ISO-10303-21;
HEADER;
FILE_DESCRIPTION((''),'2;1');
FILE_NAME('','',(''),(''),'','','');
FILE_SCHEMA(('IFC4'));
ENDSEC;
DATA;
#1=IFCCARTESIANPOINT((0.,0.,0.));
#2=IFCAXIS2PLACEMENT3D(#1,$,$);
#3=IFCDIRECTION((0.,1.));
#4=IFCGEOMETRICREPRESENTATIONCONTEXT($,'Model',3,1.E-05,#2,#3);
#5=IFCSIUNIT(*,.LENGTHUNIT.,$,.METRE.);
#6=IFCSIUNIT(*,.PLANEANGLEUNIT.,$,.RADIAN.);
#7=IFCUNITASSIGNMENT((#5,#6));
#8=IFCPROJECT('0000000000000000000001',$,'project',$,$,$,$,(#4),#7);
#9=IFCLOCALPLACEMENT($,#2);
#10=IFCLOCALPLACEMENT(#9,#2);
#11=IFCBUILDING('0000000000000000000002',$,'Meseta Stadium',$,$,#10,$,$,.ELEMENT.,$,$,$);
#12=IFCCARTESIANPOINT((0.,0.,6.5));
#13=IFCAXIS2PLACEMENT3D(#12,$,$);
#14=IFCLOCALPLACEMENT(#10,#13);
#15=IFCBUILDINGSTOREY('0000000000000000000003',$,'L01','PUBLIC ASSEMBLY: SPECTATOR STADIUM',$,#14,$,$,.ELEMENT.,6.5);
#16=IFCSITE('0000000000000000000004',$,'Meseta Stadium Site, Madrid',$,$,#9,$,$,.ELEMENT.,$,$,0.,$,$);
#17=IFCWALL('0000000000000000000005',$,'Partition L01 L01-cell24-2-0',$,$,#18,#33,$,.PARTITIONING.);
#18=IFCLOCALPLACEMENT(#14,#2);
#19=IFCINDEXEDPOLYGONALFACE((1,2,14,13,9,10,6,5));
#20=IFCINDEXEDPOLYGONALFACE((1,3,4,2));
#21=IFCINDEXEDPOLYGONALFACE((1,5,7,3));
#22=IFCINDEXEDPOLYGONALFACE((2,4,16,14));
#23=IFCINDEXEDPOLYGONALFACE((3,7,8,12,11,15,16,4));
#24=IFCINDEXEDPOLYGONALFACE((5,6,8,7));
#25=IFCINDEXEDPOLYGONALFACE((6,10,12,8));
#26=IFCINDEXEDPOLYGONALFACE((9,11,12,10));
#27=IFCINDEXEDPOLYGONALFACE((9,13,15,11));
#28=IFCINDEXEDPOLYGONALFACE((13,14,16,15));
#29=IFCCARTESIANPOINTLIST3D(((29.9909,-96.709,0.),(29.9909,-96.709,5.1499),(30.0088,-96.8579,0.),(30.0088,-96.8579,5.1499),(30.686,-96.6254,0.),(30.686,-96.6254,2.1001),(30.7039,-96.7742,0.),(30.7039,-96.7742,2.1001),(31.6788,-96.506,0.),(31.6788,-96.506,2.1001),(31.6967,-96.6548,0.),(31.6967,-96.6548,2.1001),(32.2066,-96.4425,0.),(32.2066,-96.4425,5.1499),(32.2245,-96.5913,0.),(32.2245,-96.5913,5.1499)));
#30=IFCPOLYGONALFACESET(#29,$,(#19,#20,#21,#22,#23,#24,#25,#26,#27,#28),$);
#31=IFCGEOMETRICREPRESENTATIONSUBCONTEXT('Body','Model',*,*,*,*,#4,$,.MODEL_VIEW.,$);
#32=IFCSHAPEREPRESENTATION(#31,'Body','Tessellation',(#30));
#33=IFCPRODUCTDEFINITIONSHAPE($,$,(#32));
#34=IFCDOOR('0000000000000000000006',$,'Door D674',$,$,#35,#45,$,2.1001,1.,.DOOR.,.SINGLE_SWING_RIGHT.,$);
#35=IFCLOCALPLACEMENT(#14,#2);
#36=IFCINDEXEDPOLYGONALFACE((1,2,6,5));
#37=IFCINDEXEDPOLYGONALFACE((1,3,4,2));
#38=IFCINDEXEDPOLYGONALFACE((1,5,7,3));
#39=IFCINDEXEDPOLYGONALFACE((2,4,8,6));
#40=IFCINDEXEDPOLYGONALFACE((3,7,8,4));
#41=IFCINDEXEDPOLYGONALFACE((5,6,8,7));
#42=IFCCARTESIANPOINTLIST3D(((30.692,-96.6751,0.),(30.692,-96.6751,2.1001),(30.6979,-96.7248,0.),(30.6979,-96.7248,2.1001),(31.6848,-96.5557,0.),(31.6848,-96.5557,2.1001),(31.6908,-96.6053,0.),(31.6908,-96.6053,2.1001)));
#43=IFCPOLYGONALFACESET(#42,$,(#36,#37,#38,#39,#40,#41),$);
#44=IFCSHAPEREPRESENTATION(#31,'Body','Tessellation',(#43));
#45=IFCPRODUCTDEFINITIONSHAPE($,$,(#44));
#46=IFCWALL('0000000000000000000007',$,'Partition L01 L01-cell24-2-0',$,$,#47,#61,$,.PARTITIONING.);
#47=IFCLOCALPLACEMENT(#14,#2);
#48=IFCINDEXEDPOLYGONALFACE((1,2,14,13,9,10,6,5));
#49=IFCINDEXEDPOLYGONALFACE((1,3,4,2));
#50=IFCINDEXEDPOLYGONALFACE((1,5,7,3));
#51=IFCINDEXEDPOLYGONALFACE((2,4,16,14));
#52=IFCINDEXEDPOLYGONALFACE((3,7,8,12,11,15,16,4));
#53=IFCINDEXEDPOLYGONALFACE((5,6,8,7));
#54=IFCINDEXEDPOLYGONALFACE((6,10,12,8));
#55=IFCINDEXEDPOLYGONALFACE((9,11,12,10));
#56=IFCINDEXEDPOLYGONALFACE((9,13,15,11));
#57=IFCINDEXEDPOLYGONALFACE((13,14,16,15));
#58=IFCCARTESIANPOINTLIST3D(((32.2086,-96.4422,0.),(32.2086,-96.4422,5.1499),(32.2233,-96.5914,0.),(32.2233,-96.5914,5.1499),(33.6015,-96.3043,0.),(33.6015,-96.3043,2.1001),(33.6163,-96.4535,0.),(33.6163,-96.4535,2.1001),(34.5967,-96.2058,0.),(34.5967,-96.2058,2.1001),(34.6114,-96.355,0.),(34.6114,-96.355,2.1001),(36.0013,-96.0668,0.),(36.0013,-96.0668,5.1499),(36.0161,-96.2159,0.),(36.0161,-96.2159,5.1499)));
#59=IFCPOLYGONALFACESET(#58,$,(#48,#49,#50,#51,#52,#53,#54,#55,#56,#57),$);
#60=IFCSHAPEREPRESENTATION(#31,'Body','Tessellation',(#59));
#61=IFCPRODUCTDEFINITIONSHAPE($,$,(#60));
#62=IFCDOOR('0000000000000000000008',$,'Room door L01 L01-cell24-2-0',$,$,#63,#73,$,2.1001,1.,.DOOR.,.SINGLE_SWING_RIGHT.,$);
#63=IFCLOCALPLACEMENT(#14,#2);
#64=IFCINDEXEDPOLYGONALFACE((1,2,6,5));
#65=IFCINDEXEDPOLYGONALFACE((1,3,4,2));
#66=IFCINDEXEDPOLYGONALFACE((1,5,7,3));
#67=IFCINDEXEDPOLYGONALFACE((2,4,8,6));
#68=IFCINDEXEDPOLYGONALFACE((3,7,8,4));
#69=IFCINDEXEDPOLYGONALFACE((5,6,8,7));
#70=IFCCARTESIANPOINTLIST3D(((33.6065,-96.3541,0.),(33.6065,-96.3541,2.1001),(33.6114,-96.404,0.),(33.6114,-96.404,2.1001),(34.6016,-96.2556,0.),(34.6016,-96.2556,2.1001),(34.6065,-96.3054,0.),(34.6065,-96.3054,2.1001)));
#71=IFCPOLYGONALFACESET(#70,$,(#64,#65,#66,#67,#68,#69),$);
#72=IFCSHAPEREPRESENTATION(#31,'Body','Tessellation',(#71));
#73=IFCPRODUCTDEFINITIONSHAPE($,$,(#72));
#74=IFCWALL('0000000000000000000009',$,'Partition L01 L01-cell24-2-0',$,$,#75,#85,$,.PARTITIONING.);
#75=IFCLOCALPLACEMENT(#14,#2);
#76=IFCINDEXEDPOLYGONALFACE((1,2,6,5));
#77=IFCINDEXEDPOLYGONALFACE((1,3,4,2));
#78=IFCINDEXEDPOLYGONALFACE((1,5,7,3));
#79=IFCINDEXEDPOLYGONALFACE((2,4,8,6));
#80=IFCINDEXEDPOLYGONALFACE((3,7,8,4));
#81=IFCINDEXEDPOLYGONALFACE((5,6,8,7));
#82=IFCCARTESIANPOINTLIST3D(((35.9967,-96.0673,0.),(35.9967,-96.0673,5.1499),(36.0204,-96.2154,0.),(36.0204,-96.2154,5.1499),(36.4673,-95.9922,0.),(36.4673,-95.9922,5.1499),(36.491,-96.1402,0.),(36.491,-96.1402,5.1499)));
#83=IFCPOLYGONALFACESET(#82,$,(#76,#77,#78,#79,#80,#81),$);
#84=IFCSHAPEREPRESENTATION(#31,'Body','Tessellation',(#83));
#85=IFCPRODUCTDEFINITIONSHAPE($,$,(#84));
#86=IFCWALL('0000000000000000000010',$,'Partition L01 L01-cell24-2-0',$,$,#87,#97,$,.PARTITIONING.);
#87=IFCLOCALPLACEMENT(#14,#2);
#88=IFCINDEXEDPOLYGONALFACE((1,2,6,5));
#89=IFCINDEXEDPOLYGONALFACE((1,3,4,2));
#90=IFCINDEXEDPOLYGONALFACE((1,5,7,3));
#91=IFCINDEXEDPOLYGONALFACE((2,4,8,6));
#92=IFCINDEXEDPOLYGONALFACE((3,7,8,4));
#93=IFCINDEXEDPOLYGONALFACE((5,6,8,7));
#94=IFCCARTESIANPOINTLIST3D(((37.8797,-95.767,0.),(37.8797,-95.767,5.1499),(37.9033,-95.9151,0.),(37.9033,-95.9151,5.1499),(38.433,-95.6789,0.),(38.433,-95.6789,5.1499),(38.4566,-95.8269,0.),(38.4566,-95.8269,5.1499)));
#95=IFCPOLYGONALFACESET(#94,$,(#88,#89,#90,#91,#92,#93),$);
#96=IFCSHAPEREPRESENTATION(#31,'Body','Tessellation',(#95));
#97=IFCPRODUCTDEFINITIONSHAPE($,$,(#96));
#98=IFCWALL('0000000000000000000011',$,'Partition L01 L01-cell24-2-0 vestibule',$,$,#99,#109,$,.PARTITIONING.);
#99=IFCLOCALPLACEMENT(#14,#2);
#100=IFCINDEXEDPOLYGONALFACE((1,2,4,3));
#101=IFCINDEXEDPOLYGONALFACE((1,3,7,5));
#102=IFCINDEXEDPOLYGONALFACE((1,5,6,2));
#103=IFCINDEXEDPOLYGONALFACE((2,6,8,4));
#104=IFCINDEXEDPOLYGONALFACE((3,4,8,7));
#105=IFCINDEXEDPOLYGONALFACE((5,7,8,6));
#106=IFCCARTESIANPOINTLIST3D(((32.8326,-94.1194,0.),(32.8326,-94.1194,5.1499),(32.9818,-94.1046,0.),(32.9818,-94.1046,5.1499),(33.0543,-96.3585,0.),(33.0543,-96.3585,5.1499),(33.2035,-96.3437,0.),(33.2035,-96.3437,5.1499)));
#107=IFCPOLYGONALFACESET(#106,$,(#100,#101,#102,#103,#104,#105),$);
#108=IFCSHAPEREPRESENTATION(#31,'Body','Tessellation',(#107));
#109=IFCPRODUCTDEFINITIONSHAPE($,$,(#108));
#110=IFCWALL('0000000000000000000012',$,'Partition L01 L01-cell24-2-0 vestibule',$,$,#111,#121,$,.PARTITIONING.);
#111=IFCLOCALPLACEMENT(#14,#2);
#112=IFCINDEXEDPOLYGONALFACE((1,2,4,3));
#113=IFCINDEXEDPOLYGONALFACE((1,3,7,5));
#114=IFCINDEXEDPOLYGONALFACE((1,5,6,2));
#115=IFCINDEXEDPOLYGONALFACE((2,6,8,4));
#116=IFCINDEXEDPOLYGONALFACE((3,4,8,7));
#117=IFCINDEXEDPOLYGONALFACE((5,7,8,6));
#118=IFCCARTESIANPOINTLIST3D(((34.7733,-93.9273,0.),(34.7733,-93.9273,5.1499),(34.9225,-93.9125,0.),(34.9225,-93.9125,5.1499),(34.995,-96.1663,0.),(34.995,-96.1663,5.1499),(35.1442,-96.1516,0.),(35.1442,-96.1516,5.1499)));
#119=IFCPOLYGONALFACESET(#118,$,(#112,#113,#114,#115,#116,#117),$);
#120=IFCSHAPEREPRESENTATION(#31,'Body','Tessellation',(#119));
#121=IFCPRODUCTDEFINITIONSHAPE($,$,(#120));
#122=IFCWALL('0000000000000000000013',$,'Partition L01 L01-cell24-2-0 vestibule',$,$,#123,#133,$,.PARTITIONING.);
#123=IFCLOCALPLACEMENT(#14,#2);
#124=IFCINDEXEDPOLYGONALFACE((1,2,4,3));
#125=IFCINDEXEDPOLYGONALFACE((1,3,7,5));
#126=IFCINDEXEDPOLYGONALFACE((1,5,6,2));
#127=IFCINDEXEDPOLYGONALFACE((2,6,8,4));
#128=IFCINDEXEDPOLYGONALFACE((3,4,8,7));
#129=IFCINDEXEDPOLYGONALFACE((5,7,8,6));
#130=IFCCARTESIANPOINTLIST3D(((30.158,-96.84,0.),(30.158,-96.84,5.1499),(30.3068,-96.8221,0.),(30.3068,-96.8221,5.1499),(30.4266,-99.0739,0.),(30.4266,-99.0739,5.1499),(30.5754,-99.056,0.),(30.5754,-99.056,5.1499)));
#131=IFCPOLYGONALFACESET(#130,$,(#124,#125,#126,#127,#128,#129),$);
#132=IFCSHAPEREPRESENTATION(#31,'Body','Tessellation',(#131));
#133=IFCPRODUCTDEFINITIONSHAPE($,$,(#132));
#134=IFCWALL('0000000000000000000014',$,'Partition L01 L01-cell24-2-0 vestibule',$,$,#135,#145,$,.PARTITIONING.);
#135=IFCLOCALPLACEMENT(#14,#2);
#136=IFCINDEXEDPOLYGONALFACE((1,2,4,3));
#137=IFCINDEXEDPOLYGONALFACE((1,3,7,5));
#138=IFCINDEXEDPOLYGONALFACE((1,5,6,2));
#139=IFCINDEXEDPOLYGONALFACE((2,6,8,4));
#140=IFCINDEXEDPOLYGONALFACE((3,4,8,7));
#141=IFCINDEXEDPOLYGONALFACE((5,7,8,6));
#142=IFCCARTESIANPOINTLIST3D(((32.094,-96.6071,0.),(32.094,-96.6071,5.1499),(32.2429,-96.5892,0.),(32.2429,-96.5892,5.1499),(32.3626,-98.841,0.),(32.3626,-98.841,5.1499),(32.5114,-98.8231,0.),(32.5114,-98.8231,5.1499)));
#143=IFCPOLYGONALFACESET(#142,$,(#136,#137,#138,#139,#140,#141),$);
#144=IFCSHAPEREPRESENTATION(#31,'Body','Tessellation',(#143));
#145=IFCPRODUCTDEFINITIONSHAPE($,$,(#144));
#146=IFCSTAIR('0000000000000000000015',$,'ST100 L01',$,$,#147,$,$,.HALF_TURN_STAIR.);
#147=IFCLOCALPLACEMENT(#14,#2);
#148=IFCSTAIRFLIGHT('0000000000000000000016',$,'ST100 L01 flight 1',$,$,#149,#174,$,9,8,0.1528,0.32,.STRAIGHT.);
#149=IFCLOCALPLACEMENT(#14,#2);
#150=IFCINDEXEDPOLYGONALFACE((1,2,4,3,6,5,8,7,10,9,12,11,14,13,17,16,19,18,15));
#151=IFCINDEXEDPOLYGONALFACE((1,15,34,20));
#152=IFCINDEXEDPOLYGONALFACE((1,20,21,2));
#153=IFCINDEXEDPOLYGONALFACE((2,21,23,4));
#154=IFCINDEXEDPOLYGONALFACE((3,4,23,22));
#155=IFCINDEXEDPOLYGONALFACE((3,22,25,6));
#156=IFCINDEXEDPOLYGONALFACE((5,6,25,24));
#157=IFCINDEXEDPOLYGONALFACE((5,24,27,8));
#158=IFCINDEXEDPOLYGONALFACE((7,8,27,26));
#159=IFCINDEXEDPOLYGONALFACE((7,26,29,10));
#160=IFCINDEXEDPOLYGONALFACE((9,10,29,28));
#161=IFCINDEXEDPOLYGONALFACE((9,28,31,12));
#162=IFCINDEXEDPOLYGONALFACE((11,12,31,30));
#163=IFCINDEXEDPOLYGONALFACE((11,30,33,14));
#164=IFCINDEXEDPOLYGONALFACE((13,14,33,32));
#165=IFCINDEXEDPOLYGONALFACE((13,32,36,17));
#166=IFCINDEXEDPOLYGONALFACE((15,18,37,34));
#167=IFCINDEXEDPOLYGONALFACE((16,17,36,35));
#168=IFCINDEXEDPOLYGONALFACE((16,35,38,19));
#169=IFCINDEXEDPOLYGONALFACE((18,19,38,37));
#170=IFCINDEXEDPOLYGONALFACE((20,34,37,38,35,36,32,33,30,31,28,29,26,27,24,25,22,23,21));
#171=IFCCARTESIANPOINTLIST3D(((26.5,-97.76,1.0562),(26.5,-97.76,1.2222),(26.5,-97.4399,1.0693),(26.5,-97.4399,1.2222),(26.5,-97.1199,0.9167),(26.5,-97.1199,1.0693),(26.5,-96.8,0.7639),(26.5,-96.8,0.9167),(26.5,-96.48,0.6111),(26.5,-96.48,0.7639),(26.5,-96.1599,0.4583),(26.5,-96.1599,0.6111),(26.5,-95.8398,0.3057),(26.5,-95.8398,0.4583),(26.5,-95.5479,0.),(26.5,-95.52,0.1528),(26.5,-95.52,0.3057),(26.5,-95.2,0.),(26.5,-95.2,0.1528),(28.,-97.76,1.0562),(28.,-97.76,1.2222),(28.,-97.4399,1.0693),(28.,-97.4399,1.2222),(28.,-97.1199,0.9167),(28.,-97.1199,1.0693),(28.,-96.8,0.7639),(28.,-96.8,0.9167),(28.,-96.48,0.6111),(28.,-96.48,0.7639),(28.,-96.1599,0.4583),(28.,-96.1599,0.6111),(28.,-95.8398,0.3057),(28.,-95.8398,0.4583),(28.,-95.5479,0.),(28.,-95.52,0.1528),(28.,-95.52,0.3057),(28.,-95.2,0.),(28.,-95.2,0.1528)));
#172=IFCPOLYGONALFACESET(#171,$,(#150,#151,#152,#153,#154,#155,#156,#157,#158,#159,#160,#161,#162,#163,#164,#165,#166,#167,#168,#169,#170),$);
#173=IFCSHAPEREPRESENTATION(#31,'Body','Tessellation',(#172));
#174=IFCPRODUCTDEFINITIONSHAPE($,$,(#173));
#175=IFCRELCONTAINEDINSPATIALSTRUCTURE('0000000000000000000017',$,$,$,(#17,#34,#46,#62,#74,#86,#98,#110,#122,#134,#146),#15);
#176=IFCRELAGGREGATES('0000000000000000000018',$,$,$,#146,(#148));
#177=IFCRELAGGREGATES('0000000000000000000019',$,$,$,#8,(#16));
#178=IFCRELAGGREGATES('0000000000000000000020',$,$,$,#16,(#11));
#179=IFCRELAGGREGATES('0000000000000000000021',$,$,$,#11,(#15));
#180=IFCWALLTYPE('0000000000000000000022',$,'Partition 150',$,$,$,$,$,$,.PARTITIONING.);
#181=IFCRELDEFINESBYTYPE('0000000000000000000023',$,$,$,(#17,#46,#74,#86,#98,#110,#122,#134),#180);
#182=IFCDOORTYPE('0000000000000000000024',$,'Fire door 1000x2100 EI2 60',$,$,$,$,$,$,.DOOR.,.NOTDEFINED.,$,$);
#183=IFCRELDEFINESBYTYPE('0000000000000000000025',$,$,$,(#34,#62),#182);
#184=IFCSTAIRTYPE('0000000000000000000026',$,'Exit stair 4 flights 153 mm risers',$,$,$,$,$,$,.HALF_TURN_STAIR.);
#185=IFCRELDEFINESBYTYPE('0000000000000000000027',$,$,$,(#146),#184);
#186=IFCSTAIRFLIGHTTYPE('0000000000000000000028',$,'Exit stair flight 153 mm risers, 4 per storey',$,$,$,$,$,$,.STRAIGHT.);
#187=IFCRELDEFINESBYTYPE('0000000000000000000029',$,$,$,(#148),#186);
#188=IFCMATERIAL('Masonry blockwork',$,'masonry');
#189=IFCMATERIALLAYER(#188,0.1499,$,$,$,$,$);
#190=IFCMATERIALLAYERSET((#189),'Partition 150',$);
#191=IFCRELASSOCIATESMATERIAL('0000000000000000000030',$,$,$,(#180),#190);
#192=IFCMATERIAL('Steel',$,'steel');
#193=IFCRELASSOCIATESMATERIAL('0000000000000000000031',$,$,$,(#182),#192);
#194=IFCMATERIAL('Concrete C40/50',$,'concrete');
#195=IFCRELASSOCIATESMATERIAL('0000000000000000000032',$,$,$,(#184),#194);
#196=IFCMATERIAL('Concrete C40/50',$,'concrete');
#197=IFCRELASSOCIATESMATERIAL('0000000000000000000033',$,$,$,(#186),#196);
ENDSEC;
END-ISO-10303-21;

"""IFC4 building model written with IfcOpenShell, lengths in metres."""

from ifc_helpers import new_model, si_unit, direction, frame, frame_2d, origin, place, context, subcontext, project, spatial, polyline, rectangle, outline, extrude, material, layer, layer_set, type_object, element, fill, aggregate, save


model = new_model("IFC4")

# Units and contexts
model_context = context("Model", 3, precision=1e-05, world=origin(), true_north=direction((0.0, 1.0)))
body_context = subcontext(model_context, "Body", "Model", "MODEL_VIEW")
ifc_project = project(units=[si_unit("LENGTHUNIT", "METRE"), si_unit("PLANEANGLEUNIT", "RADIAN")], contexts=[model_context])

# Site, building, storey
site_placement = place(None, origin())
site = spatial("IfcSite", under=ifc_project, at=site_placement, Name="Meseta Stadium Site, Madrid", CompositionType="ELEMENT", RefElevation=0.0)
building_placement = place(site_placement, origin())
building = spatial("IfcBuilding", under=site, at=building_placement, Name="Meseta Stadium", CompositionType="ELEMENT")
storey_placement = place(building_placement, frame((0.0, 0.0, 6.5)))
storey = spatial("IfcBuildingStorey", under=building, at=storey_placement, Name="L01", Description="PUBLIC ASSEMBLY: SPECTATOR STADIUM", CompositionType="ELEMENT", Elevation=6.5)

# Walls, openings, doors
ifc_material_1 = material(Name="Masonry blockwork", Category="masonry")
ifc_layer = layer(ifc_material_1, 0.1499)
ifc_layer_set = layer_set([ifc_layer], Name="Partition 150")
wall_type = type_object("IfcWallType", Name="Partition 150", PredefinedType="PARTITIONING", material=ifc_layer_set)
wall_1_placement = place(storey_placement, frame((30.0, -96.7834, 0.0), z_axis=(0.0, 0.0, 1.0), x_axis=(0.99284, 0.119456, 0.0)))
wall_1 = element("IfcWall", 1, at=wall_1_placement, inside=storey, type_object=wall_type, Name="Partition L01 L01-cell24-2-0", PredefinedType="PARTITIONING", context=body_context, shape_type="SweptSolid", body=[
    extrude(rectangle(XDim=2.2317, YDim=0.1499, at=frame_2d((1.1157, 0.0))), origin(), (0.0, 0.0, 1.0), 5.1499),
])
opening_1_placement = place(wall_1_placement, frame((0.7, 0.0, 0.0)))
opening_1 = element("IfcOpeningElement", 2, at=opening_1_placement, cuts=wall_1, PredefinedType="OPENING", context=body_context, shape_type="SweptSolid", body=[
    extrude(rectangle(XDim=1.0, YDim=2.1001, at=frame_2d((0.5, 1.05))), frame((0.0, 0.085, 0.0), z_axis=(0.0, -1.0, 0.0), x_axis=(1.0, 0.0, 0.0)), (0.0, 0.0, 1.0), 0.1699),
])
ifc_material_2 = material(Name="Steel", Category="steel")
door_type = type_object("IfcDoorType", Name="Fire door 1000x2100 EI2 60", OperationType="NOTDEFINED", PredefinedType="DOOR", material=ifc_material_2)
door_1_placement = place(opening_1_placement, origin())
door_1 = element("IfcDoor", 3, at=door_1_placement, inside=storey, type_object=door_type, Name="Door D674", OperationType="SINGLE_SWING_RIGHT", OverallHeight=2.1001, OverallWidth=1.0, PredefinedType="DOOR", context=body_context, shape_type="SweptSolid", body=[
    extrude(rectangle(XDim=1.0, YDim=2.1001, at=frame_2d((0.5, 1.05))), frame((0.0, 0.0249, 0.0), z_axis=(0.0, -1.0, 0.0), x_axis=(1.0, 0.0, 0.0)), (0.0, 0.0, 1.0), 0.05),
])
fill(opening_1, door_1)
wall_2_placement = place(storey_placement, frame((32.2158, -96.5168, 0.0), z_axis=(0.0, 0.0, 1.0), x_axis=(0.995135, 0.098521, 0.0)))
wall_2 = element("IfcWall", 4, at=wall_2_placement, inside=storey, type_object=wall_type, Name="Partition L01 L01-cell24-2-0", PredefinedType="PARTITIONING", context=body_context, shape_type="SweptSolid", body=[
    extrude(rectangle(XDim=3.8113, YDim=0.1499, at=frame_2d((1.9058, 0.0))), origin(), (0.0, 0.0, 1.0), 5.1499),
])
opening_2_placement = place(wall_2_placement, frame((1.3999, 0.0, 0.0)))
opening_2 = element("IfcOpeningElement", 5, at=opening_2_placement, cuts=wall_2, PredefinedType="OPENING", context=body_context, shape_type="SweptSolid", body=[
    extrude(rectangle(XDim=1.0, YDim=2.1001, at=frame_2d((0.5, 1.05))), frame((0.0, 0.085, 0.0), z_axis=(0.0, -1.0, 0.0), x_axis=(1.0, 0.0, 0.0)), (0.0, 0.0, 1.0), 0.1699),
])
door_2_placement = place(opening_2_placement, origin())
door_2 = element("IfcDoor", 6, at=door_2_placement, inside=storey, type_object=door_type, Name="Room door L01 L01-cell24-2-0", OperationType="SINGLE_SWING_RIGHT", OverallHeight=2.1001, OverallWidth=1.0, PredefinedType="DOOR", context=body_context, shape_type="SweptSolid", body=[
    extrude(rectangle(XDim=1.0, YDim=2.1001, at=frame_2d((0.5, 1.05))), frame((0.0, 0.0249, 0.0), z_axis=(0.0, -1.0, 0.0), x_axis=(1.0, 0.0, 0.0)), (0.0, 0.0, 1.0), 0.05),
])
fill(opening_2, door_2)

# Walls
wall_3_placement = place(storey_placement, frame((36.0085, -96.1414, 0.0), z_axis=(0.0, 0.0, 1.0), x_axis=(0.987479, 0.157751, 0.0)))
element("IfcWall", 7, at=wall_3_placement, inside=storey, type_object=wall_type, Name="Partition L01 L01-cell24-2-0", PredefinedType="PARTITIONING", context=body_context, shape_type="SweptSolid", body=[
    extrude(rectangle(XDim=0.4766, YDim=0.1499, at=frame_2d((0.2383, 0.0))), origin(), (0.0, 0.0, 1.0), 5.1499),
])
wall_4_placement = place(storey_placement, frame((37.8914, -95.8411, 0.0), z_axis=(0.0, 0.0, 1.0), x_axis=(0.987546, 0.157328, 0.0)))
element("IfcWall", 8, at=wall_4_placement, inside=storey, type_object=wall_type, Name="Partition L01 L01-cell24-2-0", PredefinedType="PARTITIONING", context=body_context, shape_type="SweptSolid", body=[
    extrude(rectangle(XDim=0.5603, YDim=0.1499, at=frame_2d((0.2803, 0.0))), origin(), (0.0, 0.0, 1.0), 5.1499),
])
for number, where, z_axis, x_axis, name in (
    (9, (33.1289, -96.3511, 0.0), (0.0, 0.0, 1.0), (-0.098526, 0.995134, 0.0), "Partition L01 L01-cell24-2-0 vestibule"),
    (10, (35.0696, -96.1589, 0.0), (0.0, 0.0, 1.0), (-0.098526, 0.995134, 0.0), "Partition L01 L01-cell24-2-0 vestibule"),
    (11, (30.2324, -96.8311, 0.0), (0.0, 0.0, 1.0), (0.119359, -0.992851, 0.0), "Partition L01 L01-cell24-2-0 vestibule"),
    (12, (32.1685, -96.5981, 0.0), (0.0, 0.0, 1.0), (0.119359, -0.992851, 0.0), "Partition L01 L01-cell24-2-0 vestibule"),
):
    element("IfcWall", number, at=place(storey_placement, frame(where, z_axis=z_axis, x_axis=x_axis)), inside=storey, type_object=wall_type, Name=name, PredefinedType="PARTITIONING", context=body_context, shape_type="SweptSolid", body=[
        extrude(rectangle(XDim=2.25, YDim=0.1499, at=frame_2d((1.125, 0.0))), origin(), (0.0, 0.0, 1.0), 5.1499),
    ])

# Stair, stair flight
ifc_material_3 = material(Name="Concrete C40/50", Category="concrete")
stair_type = type_object("IfcStairType", Name="Exit stair 4 flights 153 mm risers", PredefinedType="HALF_TURN_STAIR", material=ifc_material_3)
stair_placement = place(storey_placement, origin())
stair = element("IfcStair", 13, at=stair_placement, inside=storey, type_object=stair_type, Name="ST100 L01", PredefinedType="HALF_TURN_STAIR")
ifc_material_4 = material(Name="Concrete C40/50", Category="concrete")
stair_flight_type = type_object("IfcStairFlightType", Name="Exit stair flight 153 mm risers, 4 per storey", PredefinedType="STRAIGHT", material=ifc_material_4)
stair_flight_1_placement = place(storey_placement, frame((27.25, -95.2, 0.0), z_axis=(0.0, 0.0, 1.0), x_axis=(0.0, -1.0, 0.0)))
stair_flight_1 = element("IfcStairFlight", 14, at=stair_flight_1_placement, type_object=stair_flight_type, Name="ST100 L01 flight 1", NumberOfRisers=9, NumberOfTreads=8, PredefinedType="STRAIGHT", RiserHeight=0.1528, TreadLength=0.32, context=body_context, shape_type="SweptSolid", body=[
    extrude(outline(polyline([(0.0, 0.0), (0.0, 0.1528), (0.3201, 0.1528), (0.3201, 0.3057), (0.6399, 0.3057), (0.6399, 0.4583), (0.96, 0.4583), (0.96, 0.6111), (1.28, 0.6111), (1.28, 0.7639), (1.6001, 0.7639), (1.6001, 0.9167), (1.9199, 0.9167), (1.9199, 1.0693), (2.24, 1.0693), (2.24, 1.2222), (2.5601, 1.2222), (2.5601, 1.0562), (0.3479, 0.0), (0.0, 0.0)])), frame((0.0, 0.75, 0.0), z_axis=(0.0, -1.0, 0.0), x_axis=(1.0, 0.0, 0.0)), (0.0, 0.0, 1.0), 1.5),
])
aggregate(stair, [stair_flight_1])

save(model, "model.ifc")
